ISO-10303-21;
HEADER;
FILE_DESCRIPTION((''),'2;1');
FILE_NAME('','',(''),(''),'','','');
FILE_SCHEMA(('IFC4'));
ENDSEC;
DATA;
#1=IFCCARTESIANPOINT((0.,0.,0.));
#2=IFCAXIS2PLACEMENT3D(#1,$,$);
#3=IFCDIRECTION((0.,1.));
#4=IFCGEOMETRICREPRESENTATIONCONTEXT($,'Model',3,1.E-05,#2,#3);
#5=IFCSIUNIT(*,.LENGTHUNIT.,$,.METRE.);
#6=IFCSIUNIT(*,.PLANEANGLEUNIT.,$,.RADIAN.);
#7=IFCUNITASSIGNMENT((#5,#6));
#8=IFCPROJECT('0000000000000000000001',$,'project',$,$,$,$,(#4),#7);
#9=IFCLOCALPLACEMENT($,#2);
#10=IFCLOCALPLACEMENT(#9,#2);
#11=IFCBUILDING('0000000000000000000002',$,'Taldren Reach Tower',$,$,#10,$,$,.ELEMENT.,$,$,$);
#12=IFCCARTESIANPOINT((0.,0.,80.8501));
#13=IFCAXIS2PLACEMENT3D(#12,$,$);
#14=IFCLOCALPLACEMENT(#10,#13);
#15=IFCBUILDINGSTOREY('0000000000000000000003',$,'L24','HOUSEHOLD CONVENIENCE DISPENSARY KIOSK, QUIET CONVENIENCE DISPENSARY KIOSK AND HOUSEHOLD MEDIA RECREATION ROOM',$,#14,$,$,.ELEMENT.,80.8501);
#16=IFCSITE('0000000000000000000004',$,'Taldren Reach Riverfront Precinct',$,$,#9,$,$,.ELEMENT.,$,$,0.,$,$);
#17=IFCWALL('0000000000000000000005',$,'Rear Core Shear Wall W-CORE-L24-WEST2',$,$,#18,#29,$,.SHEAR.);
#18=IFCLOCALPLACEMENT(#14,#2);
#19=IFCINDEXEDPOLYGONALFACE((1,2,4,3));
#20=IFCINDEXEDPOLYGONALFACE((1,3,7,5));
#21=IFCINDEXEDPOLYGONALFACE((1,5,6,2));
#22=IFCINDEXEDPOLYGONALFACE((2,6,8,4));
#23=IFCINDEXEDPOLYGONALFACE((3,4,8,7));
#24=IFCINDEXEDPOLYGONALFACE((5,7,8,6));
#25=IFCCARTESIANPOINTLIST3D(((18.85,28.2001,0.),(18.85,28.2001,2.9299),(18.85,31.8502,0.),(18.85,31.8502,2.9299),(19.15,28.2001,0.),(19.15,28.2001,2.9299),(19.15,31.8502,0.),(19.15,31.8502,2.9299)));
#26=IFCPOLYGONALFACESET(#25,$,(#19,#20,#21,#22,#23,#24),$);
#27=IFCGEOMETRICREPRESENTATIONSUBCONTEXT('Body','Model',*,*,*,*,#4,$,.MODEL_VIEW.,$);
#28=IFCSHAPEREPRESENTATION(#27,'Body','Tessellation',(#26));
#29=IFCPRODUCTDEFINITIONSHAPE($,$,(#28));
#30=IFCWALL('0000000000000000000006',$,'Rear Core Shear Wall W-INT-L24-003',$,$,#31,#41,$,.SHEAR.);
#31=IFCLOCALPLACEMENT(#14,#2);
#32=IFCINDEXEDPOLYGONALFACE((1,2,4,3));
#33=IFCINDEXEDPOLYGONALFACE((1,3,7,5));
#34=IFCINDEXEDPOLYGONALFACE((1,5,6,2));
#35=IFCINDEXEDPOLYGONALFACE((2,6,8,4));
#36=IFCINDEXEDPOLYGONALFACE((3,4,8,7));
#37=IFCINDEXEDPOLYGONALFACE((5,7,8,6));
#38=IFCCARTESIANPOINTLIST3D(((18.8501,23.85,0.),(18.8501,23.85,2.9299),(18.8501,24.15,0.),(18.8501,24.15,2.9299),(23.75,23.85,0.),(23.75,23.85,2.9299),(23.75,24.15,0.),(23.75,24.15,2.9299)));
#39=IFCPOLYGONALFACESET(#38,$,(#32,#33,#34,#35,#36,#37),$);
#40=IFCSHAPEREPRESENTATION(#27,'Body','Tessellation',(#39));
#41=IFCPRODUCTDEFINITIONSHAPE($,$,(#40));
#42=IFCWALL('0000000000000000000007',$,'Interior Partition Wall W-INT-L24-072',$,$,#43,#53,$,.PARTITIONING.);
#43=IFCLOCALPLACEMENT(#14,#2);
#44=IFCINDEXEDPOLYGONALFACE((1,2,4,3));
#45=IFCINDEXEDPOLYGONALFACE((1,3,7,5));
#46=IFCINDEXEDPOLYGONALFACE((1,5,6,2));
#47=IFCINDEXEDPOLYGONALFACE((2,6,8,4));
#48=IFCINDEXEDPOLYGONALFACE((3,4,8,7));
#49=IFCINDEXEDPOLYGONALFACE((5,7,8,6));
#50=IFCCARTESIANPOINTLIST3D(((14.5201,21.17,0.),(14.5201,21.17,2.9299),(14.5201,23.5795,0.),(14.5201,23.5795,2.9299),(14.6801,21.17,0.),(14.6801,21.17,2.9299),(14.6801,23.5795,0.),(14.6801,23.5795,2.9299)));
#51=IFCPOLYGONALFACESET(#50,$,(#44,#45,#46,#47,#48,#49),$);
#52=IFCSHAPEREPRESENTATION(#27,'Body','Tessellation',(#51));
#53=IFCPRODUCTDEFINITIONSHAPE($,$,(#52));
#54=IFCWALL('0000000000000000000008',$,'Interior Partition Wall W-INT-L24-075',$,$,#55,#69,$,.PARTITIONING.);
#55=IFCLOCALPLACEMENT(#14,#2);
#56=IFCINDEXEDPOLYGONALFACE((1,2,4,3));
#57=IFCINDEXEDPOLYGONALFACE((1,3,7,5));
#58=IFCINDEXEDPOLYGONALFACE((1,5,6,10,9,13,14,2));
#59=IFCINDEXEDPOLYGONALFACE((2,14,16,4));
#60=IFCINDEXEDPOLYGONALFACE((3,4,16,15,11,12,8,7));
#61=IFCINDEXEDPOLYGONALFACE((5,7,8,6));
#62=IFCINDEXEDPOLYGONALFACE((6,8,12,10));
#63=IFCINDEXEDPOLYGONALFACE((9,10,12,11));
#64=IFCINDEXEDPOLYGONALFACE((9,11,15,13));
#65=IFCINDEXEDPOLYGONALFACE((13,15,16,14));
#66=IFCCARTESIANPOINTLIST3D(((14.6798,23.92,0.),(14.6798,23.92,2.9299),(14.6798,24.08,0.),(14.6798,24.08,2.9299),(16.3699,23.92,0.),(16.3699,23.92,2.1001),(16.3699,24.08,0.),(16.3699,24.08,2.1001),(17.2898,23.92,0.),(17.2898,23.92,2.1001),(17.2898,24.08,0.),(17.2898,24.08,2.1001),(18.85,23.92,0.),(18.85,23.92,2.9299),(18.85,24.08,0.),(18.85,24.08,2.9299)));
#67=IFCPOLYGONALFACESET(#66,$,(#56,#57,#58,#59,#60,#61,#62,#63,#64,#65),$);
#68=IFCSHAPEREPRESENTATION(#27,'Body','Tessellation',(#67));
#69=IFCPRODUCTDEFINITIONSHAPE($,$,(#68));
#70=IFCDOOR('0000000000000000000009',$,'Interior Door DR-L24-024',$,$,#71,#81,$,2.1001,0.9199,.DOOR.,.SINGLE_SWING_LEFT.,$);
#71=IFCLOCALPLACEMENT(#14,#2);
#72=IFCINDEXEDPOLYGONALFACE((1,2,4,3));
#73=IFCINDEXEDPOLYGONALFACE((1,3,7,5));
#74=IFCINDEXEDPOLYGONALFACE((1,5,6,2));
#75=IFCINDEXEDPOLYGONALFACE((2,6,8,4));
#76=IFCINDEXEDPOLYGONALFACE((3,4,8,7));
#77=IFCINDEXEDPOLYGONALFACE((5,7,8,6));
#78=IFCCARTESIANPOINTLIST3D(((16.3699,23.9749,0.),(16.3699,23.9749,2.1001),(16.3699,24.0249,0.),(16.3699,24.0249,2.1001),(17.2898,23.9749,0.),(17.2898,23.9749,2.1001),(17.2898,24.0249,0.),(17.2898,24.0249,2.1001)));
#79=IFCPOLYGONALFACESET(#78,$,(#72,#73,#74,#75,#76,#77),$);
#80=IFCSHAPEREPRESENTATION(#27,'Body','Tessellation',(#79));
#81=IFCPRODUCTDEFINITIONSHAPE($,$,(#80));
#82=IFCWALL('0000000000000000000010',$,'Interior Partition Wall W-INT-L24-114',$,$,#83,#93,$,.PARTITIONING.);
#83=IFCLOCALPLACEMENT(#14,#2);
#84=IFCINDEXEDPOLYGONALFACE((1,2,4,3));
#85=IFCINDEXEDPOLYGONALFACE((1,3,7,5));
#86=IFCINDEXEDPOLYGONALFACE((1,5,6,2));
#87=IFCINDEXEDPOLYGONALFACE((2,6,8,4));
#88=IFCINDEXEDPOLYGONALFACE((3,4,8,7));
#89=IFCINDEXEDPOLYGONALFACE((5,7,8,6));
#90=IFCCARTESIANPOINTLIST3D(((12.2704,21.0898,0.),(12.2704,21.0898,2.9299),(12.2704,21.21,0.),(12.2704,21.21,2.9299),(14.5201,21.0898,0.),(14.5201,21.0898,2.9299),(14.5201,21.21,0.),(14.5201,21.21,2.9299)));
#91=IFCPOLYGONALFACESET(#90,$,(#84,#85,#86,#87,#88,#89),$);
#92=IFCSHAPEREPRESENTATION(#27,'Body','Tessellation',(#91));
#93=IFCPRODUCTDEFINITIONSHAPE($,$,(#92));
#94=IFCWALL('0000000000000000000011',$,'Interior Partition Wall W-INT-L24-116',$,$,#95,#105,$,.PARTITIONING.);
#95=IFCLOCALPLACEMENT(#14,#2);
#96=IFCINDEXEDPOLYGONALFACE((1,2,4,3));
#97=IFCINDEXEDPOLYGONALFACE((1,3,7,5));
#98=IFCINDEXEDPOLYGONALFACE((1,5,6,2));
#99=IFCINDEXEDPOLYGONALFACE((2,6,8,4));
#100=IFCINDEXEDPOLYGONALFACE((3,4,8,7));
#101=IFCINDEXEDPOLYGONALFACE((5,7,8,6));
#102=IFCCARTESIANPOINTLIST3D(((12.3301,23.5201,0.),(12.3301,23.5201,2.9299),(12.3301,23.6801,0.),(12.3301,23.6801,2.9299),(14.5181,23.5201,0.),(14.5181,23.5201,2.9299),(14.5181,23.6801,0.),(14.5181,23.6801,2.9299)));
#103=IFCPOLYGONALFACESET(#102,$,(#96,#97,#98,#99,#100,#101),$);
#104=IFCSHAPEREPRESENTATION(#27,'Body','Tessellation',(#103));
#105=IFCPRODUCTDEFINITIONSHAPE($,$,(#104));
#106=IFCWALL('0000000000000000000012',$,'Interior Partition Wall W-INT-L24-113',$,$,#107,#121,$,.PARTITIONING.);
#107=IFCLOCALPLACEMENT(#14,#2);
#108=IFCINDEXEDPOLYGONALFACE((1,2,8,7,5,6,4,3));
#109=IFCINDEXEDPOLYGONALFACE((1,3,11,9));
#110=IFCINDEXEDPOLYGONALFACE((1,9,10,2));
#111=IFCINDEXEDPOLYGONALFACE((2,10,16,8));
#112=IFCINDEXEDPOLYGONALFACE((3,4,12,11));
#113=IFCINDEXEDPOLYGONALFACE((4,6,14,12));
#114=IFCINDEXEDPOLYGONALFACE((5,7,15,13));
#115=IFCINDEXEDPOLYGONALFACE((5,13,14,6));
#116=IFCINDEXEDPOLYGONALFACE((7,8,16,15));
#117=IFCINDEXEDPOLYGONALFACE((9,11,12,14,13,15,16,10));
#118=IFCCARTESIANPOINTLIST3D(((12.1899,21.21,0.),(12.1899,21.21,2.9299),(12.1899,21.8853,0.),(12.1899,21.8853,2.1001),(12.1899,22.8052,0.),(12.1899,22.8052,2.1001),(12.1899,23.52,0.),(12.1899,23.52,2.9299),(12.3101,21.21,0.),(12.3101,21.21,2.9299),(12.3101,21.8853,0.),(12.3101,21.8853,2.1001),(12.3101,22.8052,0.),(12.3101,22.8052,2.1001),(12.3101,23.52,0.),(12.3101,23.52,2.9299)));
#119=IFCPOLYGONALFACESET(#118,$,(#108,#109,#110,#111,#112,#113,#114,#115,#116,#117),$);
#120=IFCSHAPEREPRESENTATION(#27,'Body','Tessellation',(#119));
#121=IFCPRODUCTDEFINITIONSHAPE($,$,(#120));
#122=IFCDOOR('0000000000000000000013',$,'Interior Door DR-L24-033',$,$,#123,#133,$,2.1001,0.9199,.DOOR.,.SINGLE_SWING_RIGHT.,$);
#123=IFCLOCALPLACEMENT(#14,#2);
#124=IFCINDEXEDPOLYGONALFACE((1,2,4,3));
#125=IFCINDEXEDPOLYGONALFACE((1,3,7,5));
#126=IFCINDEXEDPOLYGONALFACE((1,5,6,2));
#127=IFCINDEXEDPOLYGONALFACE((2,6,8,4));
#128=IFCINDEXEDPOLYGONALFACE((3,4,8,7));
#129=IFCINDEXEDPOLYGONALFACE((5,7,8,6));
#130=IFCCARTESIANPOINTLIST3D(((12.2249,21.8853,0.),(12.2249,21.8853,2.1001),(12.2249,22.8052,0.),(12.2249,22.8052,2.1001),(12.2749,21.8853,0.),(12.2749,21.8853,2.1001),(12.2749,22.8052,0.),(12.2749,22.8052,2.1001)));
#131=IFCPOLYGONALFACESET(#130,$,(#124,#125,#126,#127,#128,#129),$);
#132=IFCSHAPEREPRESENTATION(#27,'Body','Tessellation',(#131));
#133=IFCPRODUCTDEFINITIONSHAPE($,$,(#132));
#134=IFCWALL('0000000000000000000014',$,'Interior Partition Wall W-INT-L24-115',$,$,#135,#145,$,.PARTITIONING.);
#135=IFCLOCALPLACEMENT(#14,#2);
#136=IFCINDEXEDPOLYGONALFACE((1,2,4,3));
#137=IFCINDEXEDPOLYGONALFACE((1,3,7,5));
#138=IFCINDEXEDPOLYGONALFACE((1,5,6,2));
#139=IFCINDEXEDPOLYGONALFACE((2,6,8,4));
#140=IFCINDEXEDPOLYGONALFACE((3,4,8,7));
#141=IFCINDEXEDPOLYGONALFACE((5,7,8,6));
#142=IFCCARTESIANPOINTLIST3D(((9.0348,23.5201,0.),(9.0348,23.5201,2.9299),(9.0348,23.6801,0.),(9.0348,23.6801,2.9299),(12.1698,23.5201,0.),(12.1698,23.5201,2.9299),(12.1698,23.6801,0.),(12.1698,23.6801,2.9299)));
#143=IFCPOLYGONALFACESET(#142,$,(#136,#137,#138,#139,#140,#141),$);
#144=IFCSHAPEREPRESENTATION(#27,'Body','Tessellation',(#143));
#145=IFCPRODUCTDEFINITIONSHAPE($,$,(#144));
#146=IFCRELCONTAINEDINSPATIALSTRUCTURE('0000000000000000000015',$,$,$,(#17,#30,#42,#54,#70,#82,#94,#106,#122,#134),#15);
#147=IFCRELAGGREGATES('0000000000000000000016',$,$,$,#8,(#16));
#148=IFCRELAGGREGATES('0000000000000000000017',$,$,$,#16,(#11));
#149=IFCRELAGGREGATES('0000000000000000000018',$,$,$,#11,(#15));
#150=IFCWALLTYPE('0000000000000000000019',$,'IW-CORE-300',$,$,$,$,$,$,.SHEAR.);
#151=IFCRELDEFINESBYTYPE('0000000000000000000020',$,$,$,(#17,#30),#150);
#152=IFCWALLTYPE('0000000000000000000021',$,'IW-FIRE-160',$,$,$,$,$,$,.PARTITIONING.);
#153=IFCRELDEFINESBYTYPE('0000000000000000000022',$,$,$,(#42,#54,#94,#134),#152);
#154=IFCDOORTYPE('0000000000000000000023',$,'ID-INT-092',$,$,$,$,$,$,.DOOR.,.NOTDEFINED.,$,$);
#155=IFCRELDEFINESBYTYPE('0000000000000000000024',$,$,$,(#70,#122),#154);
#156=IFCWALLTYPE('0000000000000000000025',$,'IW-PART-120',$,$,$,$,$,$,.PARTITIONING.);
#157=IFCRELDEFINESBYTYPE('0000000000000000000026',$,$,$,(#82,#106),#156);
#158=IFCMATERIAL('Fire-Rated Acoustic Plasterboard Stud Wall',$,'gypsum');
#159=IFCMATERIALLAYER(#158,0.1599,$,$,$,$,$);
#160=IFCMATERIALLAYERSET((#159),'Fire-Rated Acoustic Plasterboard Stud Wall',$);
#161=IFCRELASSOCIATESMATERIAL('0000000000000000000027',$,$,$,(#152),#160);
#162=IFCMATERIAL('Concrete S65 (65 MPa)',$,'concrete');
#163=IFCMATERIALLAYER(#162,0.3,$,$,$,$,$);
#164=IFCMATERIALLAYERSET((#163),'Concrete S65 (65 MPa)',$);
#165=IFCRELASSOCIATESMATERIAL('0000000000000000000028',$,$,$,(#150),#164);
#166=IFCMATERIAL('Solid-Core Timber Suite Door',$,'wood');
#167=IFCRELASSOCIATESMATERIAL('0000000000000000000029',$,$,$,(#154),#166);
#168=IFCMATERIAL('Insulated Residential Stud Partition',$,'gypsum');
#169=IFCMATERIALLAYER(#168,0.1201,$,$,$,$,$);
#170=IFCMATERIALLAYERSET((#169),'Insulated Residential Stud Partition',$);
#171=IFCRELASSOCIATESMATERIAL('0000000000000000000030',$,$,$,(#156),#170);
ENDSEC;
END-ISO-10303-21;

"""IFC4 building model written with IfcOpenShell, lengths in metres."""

from ifc_helpers import new_model, si_unit, direction, frame, frame_2d, origin, place, context, subcontext, project, spatial, rectangle, extrude, source, transform, mapped, material, layer, layer_set, type_object, element, fill, save


model = new_model("IFC4")

# Units and contexts
model_context = context("Model", 3, precision=1e-05, world=origin(), true_north=direction((0.0, 1.0)))
body_context = subcontext(model_context, "Body", "Model", "MODEL_VIEW")
ifc_project = project(units=[si_unit("LENGTHUNIT", "METRE"), si_unit("PLANEANGLEUNIT", "RADIAN")], contexts=[model_context])

# Site, building, storey
site_placement = place(None, origin())
site = spatial("IfcSite", under=ifc_project, at=site_placement, Name="Taldren Reach Riverfront Precinct", CompositionType="ELEMENT", RefElevation=0.0)
building_placement = place(site_placement, origin())
building = spatial("IfcBuilding", under=site, at=building_placement, Name="Taldren Reach Tower", CompositionType="ELEMENT")
storey_placement = place(building_placement, frame((0.0, 0.0, 80.8501)))
storey = spatial("IfcBuildingStorey", under=building, at=storey_placement, Name="L24", Description="HOUSEHOLD CONVENIENCE DISPENSARY KIOSK, QUIET CONVENIENCE DISPENSARY KIOSK AND HOUSEHOLD MEDIA RECREATION ROOM", CompositionType="ELEMENT", Elevation=80.8501)

# Shared definitions
ifc_material_1 = material(Name="Concrete S65 (65 MPa)", Category="concrete")

# Walls
ifc_material_2 = material(Name="Fire-Rated Acoustic Plasterboard Stud Wall", Category="gypsum")
ifc_layer_1 = layer(ifc_material_2, 0.1599)
ifc_layer_set_1 = layer_set([ifc_layer_1], Name="Fire-Rated Acoustic Plasterboard Stud Wall")
wall_type_1 = type_object("IfcWallType", Name="IW-FIRE-160", PredefinedType="PARTITIONING", material=ifc_layer_set_1)
ifc_layer_2 = layer(ifc_material_1, 0.3)
ifc_layer_set_2 = layer_set([ifc_layer_2], Name="Concrete S65 (65 MPa)")
wall_type_2 = type_object("IfcWallType", Name="IW-CORE-300", PredefinedType="SHEAR", material=ifc_layer_set_2)
shared_shape_1 = source(origin(), body_context, "Body", "SweptSolid", [
    extrude(rectangle(XDim=3.6501, YDim=0.3, at=frame_2d((1.8252, 0.0))), origin(), (0.0, 0.0, 1.0), 2.9299),
])
wall_1_placement = place(storey_placement, frame((19.0, 28.2, 0.0), z_axis=(0.0, 0.0, 1.0), x_axis=(0.0, 1.0, 0.0)))
element("IfcWall", 1, at=wall_1_placement, inside=storey, type_object=wall_type_2, Name="Rear Core Shear Wall W-CORE-L24-WEST2", PredefinedType="SHEAR", context=body_context, shape_type="MappedRepresentation", body=[
    mapped(shared_shape_1, transform((0.0, 0.0, 0.0), scale=1.0)),
])
shared_shape_2 = source(origin(), body_context, "Body", "SweptSolid", [
    extrude(rectangle(XDim=4.8999, YDim=0.3, at=frame_2d((2.45, 0.0))), origin(), (0.0, 0.0, 1.0), 2.9299),
])
wall_2_placement = place(storey_placement, frame((18.8501, 24.0, 0.0), z_axis=(0.0, 0.0, 1.0), x_axis=(1.0, 0.0, 0.0)))
element("IfcWall", 2, at=wall_2_placement, inside=storey, type_object=wall_type_2, Name="Rear Core Shear Wall W-INT-L24-003", PredefinedType="SHEAR", context=body_context, shape_type="MappedRepresentation", body=[
    mapped(shared_shape_2, transform((0.0, 0.0, 0.0), scale=1.0)),
])
shared_shape_3 = source(origin(), body_context, "Body", "SweptSolid", [
    extrude(rectangle(XDim=2.4094, YDim=0.1599, at=frame_2d((1.2046, 0.0))), origin(), (0.0, 0.0, 1.0), 2.9299),
])
wall_3_placement = place(storey_placement, frame((14.6001, 21.1702, 0.0), z_axis=(0.0, 0.0, 1.0), x_axis=(0.0, 1.0, 0.0)))
element("IfcWall", 3, at=wall_3_placement, inside=storey, type_object=wall_type_1, Name="Interior Partition Wall W-INT-L24-072", PredefinedType="PARTITIONING", context=body_context, shape_type="MappedRepresentation", body=[
    mapped(shared_shape_3, transform((0.0, 0.0, 0.0), scale=1.0)),
])

# Wall, opening, door
shared_shape_4 = source(origin(), body_context, "Body", "SweptSolid", [
    extrude(rectangle(XDim=4.1702, YDim=0.1599, at=frame_2d((2.085, 0.0))), origin(), (0.0, 0.0, 1.0), 2.9299),
])
wall_4_placement = place(storey_placement, frame((14.6799, 24.0, 0.0), z_axis=(0.0, 0.0, 1.0), x_axis=(1.0, 0.0, 0.0)))
wall_4 = element("IfcWall", 4, at=wall_4_placement, inside=storey, type_object=wall_type_1, Name="Interior Partition Wall W-INT-L24-075", PredefinedType="PARTITIONING", context=body_context, shape_type="MappedRepresentation", body=[
    mapped(shared_shape_4, transform((0.0, 0.0, 0.0), scale=1.0)),
])
shared_shape_5 = source(origin(), body_context, "Body", "SweptSolid", [
    extrude(rectangle(XDim=0.9199, YDim=2.1001, at=frame_2d((0.46, 1.05))), frame((0.0, 0.0898, 0.0), z_axis=(0.0, -1.0, 0.0), x_axis=(1.0, 0.0, 0.0)), (0.0, 0.0, 1.0), 0.1799),
])
opening_1_placement = place(wall_4_placement, frame((1.6899, 0.0, 0.0)))
opening_1 = element("IfcOpeningElement", 5, at=opening_1_placement, cuts=wall_4, PredefinedType="OPENING", context=body_context, shape_type="MappedRepresentation", body=[
    mapped(shared_shape_5, transform((0.0, 0.0, 0.0), scale=1.0)),
])
ifc_material_3 = material(Name="Solid-Core Timber Suite Door", Category="wood")
door_type_1 = type_object("IfcDoorType", Name="ID-INT-092", OperationType="NOTDEFINED", PredefinedType="DOOR", material=ifc_material_3)
shared_shape_6 = source(origin(), body_context, "Body", "SweptSolid", [
    extrude(rectangle(XDim=0.9199, YDim=2.1001, at=frame_2d((0.46, 1.05))), frame((0.0, 0.0249, 0.0), z_axis=(0.0, -1.0, 0.0), x_axis=(1.0, 0.0, 0.0)), (0.0, 0.0, 1.0), 0.05),
])
door_1_placement = place(opening_1_placement, origin())
door_1 = element("IfcDoor", 6, at=door_1_placement, inside=storey, type_object=door_type_1, Name="Interior Door DR-L24-024", OperationType="SINGLE_SWING_LEFT", OverallHeight=2.1001, OverallWidth=0.9199, PredefinedType="DOOR", context=body_context, shape_type="MappedRepresentation", body=[
    mapped(shared_shape_6, transform((0.0, 0.0, 0.0), scale=1.0)),
])
fill(opening_1, door_1)

# Walls
ifc_material_4 = material(Name="Insulated Residential Stud Partition", Category="gypsum")
ifc_layer_3 = layer(ifc_material_4, 0.1201)
ifc_layer_set_3 = layer_set([ifc_layer_3], Name="Insulated Residential Stud Partition")
wall_type_3 = type_object("IfcWallType", Name="IW-PART-120", PredefinedType="PARTITIONING", material=ifc_layer_set_3)
shared_shape_7 = source(origin(), body_context, "Body", "SweptSolid", [
    extrude(rectangle(XDim=2.2498, YDim=0.1201, at=frame_2d((1.125, 0.0))), origin(), (0.0, 0.0, 1.0), 2.9299),
])
wall_5_placement = place(storey_placement, frame((12.2703, 21.1499, 0.0), z_axis=(0.0, 0.0, 1.0), x_axis=(1.0, 0.0, 0.0)))
element("IfcWall", 7, at=wall_5_placement, inside=storey, type_object=wall_type_3, Name="Interior Partition Wall W-INT-L24-114", PredefinedType="PARTITIONING", context=body_context, shape_type="MappedRepresentation", body=[
    mapped(shared_shape_7, transform((0.0, 0.0, 0.0), scale=1.0)),
])
shared_shape_8 = source(origin(), body_context, "Body", "SweptSolid", [
    extrude(rectangle(XDim=2.188, YDim=0.1599, at=frame_2d((1.094, 0.0))), origin(), (0.0, 0.0, 1.0), 2.9299),
])
wall_6_placement = place(storey_placement, frame((12.3301, 23.6001, 0.0), z_axis=(0.0, 0.0, 1.0), x_axis=(1.0, 0.0, 0.0)))
element("IfcWall", 8, at=wall_6_placement, inside=storey, type_object=wall_type_1, Name="Interior Partition Wall W-INT-L24-116", PredefinedType="PARTITIONING", context=body_context, shape_type="MappedRepresentation", body=[
    mapped(shared_shape_8, transform((0.0, 0.0, 0.0), scale=1.0)),
])

# Wall, opening, door
shared_shape_9 = source(origin(), body_context, "Body", "SweptSolid", [
    extrude(rectangle(XDim=2.3101, YDim=0.1201, at=frame_2d((1.155, 0.0))), origin(), (0.0, 0.0, 1.0), 2.9299),
])
wall_7_placement = place(storey_placement, frame((12.25, 23.52, 0.0), z_axis=(0.0, 0.0, 1.0), x_axis=(0.0, -1.0, 0.0)))
wall_7 = element("IfcWall", 9, at=wall_7_placement, inside=storey, type_object=wall_type_3, Name="Interior Partition Wall W-INT-L24-113", PredefinedType="PARTITIONING", context=body_context, shape_type="MappedRepresentation", body=[
    mapped(shared_shape_9, transform((0.0, 0.0, 0.0), scale=1.0)),
])
shared_shape_10 = source(origin(), body_context, "Body", "SweptSolid", [
    extrude(rectangle(XDim=0.9199, YDim=2.1001, at=frame_2d((0.46, 1.05))), frame((0.0, 0.0701, 0.0), z_axis=(0.0, -1.0, 0.0), x_axis=(1.0, 0.0, 0.0)), (0.0, 0.0, 1.0), 0.1401),
])
opening_2_placement = place(wall_7_placement, frame((0.7148, 0.0, 0.0)))
opening_2 = element("IfcOpeningElement", 10, at=opening_2_placement, cuts=wall_7, PredefinedType="OPENING", context=body_context, shape_type="MappedRepresentation", body=[
    mapped(shared_shape_10, transform((0.0, 0.0, 0.0), scale=1.0)),
])
door_2_placement = place(opening_2_placement, origin())
door_2 = element("IfcDoor", 11, at=door_2_placement, inside=storey, type_object=door_type_1, Name="Interior Door DR-L24-033", OperationType="SINGLE_SWING_RIGHT", OverallHeight=2.1001, OverallWidth=0.9199, PredefinedType="DOOR", context=body_context, shape_type="MappedRepresentation", body=[
    mapped(shared_shape_6, transform((0.0, 0.0, 0.0), scale=1.0)),
])
fill(opening_2, door_2)

# Wall
shared_shape_11 = source(origin(), body_context, "Body", "SweptSolid", [
    extrude(rectangle(XDim=3.135, YDim=0.1599, at=frame_2d((1.5674, 0.0))), origin(), (0.0, 0.0, 1.0), 2.9299),
])
wall_8_placement = place(storey_placement, frame((9.0349, 23.6001, 0.0), z_axis=(0.0, 0.0, 1.0), x_axis=(1.0, 0.0, 0.0)))
element("IfcWall", 12, at=wall_8_placement, inside=storey, type_object=wall_type_1, Name="Interior Partition Wall W-INT-L24-115", PredefinedType="PARTITIONING", context=body_context, shape_type="MappedRepresentation", body=[
    mapped(shared_shape_11, transform((0.0, 0.0, 0.0), scale=1.0)),
])

save(model, "model.ifc")
